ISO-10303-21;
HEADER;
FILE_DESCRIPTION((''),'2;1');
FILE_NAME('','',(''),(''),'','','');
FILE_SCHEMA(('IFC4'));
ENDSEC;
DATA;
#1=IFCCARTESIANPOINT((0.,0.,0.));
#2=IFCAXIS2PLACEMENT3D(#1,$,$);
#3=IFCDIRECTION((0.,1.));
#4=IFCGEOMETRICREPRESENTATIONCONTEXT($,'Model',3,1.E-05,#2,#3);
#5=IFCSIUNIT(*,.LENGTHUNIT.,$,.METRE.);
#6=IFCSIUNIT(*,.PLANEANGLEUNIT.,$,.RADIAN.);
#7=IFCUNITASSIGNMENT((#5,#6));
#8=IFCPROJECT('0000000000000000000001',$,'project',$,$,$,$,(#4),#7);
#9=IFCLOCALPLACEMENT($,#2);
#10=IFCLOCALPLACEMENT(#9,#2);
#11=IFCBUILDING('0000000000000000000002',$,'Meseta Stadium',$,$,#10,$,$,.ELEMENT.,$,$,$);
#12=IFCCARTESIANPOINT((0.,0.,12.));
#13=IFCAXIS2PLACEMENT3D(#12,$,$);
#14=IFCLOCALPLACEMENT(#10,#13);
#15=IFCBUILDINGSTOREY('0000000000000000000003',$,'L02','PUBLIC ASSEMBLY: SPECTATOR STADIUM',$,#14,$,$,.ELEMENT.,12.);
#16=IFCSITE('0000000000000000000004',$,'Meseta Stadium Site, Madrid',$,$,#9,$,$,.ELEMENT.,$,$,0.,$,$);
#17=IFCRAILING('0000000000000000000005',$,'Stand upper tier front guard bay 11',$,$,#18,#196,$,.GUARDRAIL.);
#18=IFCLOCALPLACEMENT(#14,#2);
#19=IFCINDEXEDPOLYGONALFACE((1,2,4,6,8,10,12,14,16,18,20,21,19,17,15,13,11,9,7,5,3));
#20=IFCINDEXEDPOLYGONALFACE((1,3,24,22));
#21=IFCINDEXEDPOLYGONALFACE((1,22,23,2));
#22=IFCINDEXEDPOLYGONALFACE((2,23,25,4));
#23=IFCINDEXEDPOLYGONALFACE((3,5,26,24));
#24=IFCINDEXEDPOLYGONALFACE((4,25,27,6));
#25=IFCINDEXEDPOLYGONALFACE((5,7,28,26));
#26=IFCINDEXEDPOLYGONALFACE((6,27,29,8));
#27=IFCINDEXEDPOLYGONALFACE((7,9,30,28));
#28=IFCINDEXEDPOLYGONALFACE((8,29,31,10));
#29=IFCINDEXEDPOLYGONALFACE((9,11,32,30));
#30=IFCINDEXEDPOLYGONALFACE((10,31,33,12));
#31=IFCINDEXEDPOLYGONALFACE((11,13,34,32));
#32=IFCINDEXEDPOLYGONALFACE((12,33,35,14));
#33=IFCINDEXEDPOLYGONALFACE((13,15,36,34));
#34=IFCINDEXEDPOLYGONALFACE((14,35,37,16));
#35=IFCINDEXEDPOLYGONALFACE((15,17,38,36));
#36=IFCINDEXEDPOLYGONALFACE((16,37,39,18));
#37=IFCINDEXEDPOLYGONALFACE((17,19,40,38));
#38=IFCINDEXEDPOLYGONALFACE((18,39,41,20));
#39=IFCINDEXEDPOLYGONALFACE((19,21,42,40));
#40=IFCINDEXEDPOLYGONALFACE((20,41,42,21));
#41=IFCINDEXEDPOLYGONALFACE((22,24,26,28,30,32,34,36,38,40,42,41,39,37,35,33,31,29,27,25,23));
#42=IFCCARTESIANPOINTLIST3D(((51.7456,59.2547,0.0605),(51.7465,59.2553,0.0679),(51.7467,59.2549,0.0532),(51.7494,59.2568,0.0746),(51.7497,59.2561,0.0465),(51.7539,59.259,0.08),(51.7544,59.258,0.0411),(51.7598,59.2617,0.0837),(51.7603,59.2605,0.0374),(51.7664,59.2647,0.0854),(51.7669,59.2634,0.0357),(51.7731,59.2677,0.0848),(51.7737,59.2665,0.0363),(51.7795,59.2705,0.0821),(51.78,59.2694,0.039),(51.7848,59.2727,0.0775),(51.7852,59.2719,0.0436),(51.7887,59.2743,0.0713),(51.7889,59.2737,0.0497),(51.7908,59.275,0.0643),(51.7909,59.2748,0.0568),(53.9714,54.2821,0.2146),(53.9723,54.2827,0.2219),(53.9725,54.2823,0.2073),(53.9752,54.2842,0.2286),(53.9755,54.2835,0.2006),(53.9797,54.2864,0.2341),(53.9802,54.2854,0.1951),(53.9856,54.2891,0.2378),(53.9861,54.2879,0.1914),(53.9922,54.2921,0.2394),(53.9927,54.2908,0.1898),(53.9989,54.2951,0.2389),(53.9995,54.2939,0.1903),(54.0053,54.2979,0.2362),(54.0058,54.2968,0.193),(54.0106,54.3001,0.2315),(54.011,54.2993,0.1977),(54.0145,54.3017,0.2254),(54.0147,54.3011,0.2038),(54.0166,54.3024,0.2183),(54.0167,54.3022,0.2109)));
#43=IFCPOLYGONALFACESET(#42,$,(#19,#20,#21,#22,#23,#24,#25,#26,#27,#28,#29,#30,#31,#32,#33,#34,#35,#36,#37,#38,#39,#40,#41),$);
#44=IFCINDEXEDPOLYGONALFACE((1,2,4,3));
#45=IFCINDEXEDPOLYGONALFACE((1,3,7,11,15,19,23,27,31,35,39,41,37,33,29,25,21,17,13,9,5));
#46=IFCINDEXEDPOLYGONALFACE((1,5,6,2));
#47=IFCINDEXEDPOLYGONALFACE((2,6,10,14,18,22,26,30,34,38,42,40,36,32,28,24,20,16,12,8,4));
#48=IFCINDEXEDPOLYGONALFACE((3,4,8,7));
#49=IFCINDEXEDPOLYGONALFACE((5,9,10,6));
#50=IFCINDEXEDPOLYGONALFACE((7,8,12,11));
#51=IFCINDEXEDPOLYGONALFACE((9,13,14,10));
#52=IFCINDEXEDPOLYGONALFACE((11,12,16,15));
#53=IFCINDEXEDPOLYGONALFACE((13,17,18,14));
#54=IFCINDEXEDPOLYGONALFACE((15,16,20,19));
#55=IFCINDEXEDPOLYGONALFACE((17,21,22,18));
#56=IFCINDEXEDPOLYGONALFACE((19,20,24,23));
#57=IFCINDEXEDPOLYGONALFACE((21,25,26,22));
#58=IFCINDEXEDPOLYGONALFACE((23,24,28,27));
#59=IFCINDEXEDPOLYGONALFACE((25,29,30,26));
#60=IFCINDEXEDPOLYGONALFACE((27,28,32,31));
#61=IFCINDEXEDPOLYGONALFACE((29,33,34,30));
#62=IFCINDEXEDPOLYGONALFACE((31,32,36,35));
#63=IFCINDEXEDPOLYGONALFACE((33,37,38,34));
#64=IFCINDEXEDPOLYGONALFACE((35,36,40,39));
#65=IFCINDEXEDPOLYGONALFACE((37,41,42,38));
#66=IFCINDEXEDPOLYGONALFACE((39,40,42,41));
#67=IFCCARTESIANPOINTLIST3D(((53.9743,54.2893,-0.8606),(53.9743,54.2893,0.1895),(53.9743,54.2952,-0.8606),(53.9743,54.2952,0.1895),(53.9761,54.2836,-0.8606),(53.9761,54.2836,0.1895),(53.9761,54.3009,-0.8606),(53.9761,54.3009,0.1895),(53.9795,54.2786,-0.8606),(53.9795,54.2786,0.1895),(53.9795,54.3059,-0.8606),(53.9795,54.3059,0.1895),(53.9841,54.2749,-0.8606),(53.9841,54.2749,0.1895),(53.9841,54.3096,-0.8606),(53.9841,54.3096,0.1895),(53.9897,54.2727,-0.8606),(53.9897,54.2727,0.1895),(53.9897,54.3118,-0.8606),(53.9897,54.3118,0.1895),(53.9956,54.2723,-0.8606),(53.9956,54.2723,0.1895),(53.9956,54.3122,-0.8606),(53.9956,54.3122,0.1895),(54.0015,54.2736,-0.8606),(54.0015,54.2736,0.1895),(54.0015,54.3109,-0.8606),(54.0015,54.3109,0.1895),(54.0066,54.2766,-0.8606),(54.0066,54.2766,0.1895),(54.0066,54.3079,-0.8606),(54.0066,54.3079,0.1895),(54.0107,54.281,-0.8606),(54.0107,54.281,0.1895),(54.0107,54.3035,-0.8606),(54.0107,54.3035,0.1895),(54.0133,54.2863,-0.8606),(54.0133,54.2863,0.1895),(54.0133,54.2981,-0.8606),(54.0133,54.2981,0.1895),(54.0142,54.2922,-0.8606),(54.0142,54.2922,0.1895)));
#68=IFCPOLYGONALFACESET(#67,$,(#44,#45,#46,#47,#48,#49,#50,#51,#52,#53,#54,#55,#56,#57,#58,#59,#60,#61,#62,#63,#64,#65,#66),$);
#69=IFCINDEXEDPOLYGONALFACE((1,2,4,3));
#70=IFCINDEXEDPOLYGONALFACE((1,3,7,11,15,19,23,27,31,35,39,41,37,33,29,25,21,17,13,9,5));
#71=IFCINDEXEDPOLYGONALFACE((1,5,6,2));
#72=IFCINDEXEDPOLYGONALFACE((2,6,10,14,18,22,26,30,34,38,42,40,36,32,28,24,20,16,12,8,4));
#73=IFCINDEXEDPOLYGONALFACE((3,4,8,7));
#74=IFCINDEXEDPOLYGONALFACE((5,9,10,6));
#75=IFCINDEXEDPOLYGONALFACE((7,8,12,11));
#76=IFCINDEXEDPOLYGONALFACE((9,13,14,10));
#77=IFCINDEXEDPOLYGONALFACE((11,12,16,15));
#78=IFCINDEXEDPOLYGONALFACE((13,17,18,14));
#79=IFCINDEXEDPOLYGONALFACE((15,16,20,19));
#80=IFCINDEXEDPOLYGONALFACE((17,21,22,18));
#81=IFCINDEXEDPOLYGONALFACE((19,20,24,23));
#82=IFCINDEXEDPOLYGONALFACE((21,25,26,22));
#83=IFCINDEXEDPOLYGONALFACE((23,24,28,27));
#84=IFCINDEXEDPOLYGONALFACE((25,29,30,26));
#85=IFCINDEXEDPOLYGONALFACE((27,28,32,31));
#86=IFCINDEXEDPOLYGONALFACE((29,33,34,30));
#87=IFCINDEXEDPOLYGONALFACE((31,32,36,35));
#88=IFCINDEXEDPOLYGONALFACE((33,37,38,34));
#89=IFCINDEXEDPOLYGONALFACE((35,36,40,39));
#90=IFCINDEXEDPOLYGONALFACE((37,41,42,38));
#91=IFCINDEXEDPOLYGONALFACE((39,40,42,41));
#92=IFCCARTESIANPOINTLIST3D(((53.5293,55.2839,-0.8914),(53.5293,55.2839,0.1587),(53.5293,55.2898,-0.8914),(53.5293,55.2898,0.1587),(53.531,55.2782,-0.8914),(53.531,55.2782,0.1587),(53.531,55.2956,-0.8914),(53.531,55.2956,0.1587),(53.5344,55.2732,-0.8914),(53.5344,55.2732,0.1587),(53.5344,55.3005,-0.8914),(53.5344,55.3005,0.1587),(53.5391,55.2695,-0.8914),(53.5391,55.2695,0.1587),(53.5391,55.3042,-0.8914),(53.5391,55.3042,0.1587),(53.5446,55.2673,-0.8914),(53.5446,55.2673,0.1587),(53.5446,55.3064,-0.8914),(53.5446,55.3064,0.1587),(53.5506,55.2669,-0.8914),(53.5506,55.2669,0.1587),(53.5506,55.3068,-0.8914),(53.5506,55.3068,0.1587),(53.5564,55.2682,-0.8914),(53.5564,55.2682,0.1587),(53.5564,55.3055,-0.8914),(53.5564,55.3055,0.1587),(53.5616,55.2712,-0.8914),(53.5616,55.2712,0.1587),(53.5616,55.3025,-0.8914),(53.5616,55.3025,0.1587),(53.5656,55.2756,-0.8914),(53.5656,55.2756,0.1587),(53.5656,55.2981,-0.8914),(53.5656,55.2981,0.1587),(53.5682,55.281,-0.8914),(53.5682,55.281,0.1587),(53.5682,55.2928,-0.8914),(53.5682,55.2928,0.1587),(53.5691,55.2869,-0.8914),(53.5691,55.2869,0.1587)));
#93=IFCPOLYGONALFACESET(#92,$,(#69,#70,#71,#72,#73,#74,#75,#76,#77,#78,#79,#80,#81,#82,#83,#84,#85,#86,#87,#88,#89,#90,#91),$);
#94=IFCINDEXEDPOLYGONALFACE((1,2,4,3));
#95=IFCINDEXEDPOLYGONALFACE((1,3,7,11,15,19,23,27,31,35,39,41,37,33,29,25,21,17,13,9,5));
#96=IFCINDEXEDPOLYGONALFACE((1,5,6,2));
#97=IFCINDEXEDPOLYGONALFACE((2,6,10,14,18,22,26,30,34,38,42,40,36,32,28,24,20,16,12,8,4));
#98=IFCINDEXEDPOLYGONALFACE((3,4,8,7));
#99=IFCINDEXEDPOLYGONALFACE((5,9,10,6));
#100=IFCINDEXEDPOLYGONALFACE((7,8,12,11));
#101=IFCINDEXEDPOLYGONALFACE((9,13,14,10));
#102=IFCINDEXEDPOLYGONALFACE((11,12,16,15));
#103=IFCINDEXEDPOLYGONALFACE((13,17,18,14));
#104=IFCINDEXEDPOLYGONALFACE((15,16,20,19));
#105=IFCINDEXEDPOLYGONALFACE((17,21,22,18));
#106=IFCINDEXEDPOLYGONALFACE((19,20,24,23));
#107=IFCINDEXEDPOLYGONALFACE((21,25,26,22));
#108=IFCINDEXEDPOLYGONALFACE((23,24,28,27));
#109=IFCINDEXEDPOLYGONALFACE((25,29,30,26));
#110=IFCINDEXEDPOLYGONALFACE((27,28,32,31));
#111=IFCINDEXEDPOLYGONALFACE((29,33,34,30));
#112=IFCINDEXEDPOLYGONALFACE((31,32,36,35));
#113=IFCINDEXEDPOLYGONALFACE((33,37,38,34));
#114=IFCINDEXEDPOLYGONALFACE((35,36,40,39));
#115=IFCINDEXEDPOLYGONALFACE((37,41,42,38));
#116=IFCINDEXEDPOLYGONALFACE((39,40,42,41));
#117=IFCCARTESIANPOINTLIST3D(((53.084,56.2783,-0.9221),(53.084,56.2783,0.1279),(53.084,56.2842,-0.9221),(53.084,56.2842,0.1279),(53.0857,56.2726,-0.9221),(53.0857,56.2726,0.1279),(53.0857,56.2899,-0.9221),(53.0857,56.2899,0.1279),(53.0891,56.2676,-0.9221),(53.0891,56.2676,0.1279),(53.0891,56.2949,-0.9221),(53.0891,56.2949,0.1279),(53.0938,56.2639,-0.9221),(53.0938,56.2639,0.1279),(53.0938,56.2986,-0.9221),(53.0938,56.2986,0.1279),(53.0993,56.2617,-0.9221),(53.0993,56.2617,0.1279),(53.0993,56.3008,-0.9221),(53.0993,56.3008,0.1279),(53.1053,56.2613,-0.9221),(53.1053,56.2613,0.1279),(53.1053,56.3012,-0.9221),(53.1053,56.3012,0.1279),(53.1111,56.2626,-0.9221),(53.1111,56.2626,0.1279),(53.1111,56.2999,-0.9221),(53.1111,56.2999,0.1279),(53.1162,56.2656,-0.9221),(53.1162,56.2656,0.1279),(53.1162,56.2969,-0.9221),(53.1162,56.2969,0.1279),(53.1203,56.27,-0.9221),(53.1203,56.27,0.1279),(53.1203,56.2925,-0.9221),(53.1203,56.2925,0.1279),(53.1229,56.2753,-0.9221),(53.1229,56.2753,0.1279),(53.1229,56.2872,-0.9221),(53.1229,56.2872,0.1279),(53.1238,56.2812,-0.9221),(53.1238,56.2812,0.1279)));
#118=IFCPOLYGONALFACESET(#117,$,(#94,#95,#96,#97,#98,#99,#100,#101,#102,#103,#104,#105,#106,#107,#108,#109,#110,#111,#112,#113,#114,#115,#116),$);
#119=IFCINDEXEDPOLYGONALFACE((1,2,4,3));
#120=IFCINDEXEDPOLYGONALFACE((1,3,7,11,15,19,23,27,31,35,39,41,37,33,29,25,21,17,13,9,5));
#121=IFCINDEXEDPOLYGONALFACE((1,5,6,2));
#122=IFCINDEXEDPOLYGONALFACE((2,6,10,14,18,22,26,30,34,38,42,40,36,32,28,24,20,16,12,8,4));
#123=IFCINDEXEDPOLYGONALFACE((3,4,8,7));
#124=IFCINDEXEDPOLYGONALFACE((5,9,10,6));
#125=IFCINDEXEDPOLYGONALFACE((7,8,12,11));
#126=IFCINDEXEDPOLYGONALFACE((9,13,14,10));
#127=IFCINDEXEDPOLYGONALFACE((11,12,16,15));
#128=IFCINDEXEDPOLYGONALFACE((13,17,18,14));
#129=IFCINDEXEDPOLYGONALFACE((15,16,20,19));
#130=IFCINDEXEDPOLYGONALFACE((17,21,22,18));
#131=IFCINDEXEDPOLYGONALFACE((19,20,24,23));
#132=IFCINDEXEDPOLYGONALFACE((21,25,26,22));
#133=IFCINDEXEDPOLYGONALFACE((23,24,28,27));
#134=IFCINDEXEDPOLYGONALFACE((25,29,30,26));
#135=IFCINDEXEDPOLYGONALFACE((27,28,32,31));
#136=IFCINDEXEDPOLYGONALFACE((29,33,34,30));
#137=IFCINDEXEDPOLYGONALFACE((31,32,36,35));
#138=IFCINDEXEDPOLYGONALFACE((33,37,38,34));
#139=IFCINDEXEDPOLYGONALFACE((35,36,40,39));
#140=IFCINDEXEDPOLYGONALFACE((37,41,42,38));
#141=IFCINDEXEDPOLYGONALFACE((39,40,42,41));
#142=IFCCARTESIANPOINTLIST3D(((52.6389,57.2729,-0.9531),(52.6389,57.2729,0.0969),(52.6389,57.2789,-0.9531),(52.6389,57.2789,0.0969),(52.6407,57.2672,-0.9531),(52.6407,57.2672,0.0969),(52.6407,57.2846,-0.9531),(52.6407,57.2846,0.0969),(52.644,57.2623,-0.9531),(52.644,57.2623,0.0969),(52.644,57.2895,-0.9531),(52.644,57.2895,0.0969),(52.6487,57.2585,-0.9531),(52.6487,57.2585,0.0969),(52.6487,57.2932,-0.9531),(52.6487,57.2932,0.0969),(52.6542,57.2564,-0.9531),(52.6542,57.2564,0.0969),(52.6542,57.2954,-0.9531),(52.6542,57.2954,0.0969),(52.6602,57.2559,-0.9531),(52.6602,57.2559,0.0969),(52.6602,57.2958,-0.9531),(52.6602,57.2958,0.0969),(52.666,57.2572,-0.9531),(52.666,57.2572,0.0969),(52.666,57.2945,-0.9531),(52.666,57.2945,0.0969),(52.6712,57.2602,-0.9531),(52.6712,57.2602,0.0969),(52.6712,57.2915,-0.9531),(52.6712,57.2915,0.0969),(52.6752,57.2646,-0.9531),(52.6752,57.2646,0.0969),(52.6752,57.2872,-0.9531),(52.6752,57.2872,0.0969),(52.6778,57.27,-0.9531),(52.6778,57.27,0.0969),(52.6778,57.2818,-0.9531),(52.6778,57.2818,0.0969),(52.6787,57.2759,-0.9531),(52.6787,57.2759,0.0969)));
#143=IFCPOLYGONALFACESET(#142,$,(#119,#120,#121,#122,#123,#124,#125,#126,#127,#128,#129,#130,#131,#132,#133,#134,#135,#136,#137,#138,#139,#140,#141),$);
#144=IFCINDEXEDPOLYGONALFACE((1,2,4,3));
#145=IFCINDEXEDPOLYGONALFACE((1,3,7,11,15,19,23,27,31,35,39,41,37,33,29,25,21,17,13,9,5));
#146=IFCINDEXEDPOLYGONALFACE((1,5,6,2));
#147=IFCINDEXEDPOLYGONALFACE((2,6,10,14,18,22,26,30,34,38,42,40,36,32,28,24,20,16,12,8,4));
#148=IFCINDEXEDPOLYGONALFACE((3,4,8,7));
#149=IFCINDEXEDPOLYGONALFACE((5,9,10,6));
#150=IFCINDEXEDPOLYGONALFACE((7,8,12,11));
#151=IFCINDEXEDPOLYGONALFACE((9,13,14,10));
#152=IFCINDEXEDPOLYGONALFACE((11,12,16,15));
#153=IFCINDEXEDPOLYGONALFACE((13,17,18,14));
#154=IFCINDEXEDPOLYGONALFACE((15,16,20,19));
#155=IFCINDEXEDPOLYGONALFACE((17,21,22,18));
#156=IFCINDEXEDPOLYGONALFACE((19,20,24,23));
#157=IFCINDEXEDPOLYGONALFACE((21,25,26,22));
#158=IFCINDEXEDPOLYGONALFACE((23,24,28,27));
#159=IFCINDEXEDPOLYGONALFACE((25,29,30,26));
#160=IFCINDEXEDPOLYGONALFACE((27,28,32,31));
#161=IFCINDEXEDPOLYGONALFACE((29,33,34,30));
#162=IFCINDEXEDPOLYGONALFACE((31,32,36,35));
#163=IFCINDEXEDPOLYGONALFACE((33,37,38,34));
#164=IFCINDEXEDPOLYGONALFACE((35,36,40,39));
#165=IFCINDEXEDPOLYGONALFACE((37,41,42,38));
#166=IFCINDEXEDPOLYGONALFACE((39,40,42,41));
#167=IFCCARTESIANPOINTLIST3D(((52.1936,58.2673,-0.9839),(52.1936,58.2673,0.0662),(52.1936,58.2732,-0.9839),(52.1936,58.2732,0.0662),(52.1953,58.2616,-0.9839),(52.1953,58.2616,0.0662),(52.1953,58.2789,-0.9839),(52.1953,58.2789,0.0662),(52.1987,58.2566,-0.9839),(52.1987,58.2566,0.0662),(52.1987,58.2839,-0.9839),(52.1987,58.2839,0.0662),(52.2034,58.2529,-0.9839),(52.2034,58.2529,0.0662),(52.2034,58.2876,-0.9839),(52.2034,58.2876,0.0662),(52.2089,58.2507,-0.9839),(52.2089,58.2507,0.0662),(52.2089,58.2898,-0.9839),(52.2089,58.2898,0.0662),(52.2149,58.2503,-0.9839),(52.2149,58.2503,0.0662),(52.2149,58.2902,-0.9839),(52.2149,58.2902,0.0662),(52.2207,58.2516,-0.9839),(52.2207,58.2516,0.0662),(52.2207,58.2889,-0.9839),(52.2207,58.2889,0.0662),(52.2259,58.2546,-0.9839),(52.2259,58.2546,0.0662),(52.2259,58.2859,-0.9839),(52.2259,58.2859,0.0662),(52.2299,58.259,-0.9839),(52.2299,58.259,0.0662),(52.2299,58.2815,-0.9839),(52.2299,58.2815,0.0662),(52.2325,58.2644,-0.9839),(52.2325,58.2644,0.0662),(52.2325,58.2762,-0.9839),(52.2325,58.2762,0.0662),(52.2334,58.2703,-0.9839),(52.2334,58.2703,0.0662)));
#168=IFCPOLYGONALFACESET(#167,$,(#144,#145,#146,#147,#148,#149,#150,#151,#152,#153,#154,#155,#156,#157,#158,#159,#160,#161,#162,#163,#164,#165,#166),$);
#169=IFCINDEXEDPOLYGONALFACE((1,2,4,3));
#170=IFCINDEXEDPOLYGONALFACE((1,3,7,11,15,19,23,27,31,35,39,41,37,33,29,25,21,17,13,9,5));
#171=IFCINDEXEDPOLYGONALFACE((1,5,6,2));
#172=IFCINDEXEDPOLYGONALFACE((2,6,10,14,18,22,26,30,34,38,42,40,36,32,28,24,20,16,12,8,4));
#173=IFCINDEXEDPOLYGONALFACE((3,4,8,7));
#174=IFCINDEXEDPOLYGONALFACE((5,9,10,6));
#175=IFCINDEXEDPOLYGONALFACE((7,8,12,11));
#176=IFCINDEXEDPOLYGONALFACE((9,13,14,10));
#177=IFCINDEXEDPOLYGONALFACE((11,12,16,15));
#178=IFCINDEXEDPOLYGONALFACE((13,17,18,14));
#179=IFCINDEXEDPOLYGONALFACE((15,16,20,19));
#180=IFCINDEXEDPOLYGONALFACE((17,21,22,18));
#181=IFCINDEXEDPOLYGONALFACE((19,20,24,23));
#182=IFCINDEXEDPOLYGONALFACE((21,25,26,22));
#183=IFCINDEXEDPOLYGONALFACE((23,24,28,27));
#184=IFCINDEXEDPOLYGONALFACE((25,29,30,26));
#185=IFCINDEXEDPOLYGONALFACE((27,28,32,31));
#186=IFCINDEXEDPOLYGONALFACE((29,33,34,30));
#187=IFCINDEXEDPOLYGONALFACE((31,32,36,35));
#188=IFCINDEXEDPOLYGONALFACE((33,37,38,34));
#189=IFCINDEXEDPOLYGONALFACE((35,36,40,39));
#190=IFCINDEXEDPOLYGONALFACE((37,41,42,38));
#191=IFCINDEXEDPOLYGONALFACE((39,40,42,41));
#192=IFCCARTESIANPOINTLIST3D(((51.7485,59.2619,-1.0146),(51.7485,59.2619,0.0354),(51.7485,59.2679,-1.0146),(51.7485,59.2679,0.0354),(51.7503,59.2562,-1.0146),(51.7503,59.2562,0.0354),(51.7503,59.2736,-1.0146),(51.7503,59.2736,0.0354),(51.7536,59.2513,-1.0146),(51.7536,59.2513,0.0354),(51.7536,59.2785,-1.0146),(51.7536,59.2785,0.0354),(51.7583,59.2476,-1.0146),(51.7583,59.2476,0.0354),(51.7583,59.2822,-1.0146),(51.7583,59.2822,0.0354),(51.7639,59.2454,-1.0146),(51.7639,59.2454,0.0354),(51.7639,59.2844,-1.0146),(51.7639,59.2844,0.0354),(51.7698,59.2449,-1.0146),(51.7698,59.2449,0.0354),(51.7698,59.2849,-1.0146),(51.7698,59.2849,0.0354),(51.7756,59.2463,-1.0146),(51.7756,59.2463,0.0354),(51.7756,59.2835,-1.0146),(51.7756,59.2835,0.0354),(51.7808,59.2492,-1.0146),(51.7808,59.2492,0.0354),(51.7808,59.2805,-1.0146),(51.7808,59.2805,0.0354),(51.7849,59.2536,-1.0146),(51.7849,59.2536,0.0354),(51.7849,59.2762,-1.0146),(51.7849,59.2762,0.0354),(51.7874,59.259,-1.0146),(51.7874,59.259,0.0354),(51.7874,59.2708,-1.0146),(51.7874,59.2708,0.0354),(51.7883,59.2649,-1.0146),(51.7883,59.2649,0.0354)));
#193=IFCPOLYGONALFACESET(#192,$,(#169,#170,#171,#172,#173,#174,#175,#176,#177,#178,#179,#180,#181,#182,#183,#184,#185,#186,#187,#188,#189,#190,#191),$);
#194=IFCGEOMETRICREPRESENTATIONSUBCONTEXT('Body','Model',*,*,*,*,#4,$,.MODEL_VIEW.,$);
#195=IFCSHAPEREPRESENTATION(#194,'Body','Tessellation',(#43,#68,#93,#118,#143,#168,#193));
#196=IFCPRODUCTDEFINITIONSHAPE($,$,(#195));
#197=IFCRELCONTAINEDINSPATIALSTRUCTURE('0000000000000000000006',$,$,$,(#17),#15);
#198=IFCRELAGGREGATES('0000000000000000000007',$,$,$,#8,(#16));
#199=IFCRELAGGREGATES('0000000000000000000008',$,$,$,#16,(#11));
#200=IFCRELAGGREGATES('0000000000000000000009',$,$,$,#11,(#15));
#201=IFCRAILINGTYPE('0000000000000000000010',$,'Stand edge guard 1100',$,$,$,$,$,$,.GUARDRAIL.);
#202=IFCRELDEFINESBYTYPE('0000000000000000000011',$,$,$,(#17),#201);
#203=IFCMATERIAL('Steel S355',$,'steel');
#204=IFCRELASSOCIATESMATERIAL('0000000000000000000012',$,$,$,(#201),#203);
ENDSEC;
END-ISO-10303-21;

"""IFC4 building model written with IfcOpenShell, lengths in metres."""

from ifc_helpers import new_model, si_unit, direction, frame, origin, origin_2d, place, context, subcontext, project, spatial, circle, extrude, material, type_object, element, save


model = new_model("IFC4")

# Units and contexts
model_context = context("Model", 3, precision=1e-05, world=origin(), true_north=direction((0.0, 1.0)))
body_context = subcontext(model_context, "Body", "Model", "MODEL_VIEW")
ifc_project = project(units=[si_unit("LENGTHUNIT", "METRE"), si_unit("PLANEANGLEUNIT", "RADIAN")], contexts=[model_context])

# Site, building, storey
site_placement = place(None, origin())
site = spatial("IfcSite", under=ifc_project, at=site_placement, Name="Meseta Stadium Site, Madrid", CompositionType="ELEMENT", RefElevation=0.0)
building_placement = place(site_placement, origin())
building = spatial("IfcBuilding", under=site, at=building_placement, Name="Meseta Stadium", CompositionType="ELEMENT")
storey_placement = place(building_placement, frame((0.0, 0.0, 12.0)))
storey = spatial("IfcBuildingStorey", under=building, at=storey_placement, Name="L02", Description="PUBLIC ASSEMBLY: SPECTATOR STADIUM", CompositionType="ELEMENT", Elevation=12.0)

# Railing
ifc_material_1 = material(Name="Steel S355", Category="steel")
railing_type = type_object("IfcRailingType", Name="Stand edge guard 1100", PredefinedType="GUARDRAIL", material=ifc_material_1)
railing_1_placement = place(storey_placement, frame((53.9941, 54.2922, -0.8606)))
element("IfcRailing", 1, at=railing_1_placement, inside=storey, type_object=railing_type, Name="Stand upper tier front guard bay 11", PredefinedType="GUARDRAIL", context=body_context, shape_type="SweptSolid", body=[
    extrude(circle(Radius=0.0249, at=origin_2d()), frame((0.0, 0.0, 1.0752), z_axis=(-0.40839, 0.91237, -0.028265), x_axis=(-0.912735, -0.408553, 0.0)), (0.0, 0.0, 1.0), 5.4502),
    extrude(circle(Radius=0.02, at=origin_2d()), origin(), (0.0, 0.0, 1.0), 1.05),
    extrude(circle(Radius=0.02, at=origin_2d()), frame((-0.4451, 0.9946, -0.0308)), (0.0, 0.0, 1.0), 1.05),
    extrude(circle(Radius=0.02, at=origin_2d()), frame((-0.8904, 1.989, -0.0615)), (0.0, 0.0, 1.0), 1.05),
    extrude(circle(Radius=0.02, at=origin_2d()), frame((-1.3354, 2.9836, -0.0925)), (0.0, 0.0, 1.0), 1.05),
    extrude(circle(Radius=0.02, at=origin_2d()), frame((-1.7808, 3.978, -0.1233)), (0.0, 0.0, 1.0), 1.05),
    extrude(circle(Radius=0.02, at=origin_2d()), frame((-2.2258, 4.9727, -0.1541)), (0.0, 0.0, 1.0), 1.05),
])

save(model, "model.ifc")
